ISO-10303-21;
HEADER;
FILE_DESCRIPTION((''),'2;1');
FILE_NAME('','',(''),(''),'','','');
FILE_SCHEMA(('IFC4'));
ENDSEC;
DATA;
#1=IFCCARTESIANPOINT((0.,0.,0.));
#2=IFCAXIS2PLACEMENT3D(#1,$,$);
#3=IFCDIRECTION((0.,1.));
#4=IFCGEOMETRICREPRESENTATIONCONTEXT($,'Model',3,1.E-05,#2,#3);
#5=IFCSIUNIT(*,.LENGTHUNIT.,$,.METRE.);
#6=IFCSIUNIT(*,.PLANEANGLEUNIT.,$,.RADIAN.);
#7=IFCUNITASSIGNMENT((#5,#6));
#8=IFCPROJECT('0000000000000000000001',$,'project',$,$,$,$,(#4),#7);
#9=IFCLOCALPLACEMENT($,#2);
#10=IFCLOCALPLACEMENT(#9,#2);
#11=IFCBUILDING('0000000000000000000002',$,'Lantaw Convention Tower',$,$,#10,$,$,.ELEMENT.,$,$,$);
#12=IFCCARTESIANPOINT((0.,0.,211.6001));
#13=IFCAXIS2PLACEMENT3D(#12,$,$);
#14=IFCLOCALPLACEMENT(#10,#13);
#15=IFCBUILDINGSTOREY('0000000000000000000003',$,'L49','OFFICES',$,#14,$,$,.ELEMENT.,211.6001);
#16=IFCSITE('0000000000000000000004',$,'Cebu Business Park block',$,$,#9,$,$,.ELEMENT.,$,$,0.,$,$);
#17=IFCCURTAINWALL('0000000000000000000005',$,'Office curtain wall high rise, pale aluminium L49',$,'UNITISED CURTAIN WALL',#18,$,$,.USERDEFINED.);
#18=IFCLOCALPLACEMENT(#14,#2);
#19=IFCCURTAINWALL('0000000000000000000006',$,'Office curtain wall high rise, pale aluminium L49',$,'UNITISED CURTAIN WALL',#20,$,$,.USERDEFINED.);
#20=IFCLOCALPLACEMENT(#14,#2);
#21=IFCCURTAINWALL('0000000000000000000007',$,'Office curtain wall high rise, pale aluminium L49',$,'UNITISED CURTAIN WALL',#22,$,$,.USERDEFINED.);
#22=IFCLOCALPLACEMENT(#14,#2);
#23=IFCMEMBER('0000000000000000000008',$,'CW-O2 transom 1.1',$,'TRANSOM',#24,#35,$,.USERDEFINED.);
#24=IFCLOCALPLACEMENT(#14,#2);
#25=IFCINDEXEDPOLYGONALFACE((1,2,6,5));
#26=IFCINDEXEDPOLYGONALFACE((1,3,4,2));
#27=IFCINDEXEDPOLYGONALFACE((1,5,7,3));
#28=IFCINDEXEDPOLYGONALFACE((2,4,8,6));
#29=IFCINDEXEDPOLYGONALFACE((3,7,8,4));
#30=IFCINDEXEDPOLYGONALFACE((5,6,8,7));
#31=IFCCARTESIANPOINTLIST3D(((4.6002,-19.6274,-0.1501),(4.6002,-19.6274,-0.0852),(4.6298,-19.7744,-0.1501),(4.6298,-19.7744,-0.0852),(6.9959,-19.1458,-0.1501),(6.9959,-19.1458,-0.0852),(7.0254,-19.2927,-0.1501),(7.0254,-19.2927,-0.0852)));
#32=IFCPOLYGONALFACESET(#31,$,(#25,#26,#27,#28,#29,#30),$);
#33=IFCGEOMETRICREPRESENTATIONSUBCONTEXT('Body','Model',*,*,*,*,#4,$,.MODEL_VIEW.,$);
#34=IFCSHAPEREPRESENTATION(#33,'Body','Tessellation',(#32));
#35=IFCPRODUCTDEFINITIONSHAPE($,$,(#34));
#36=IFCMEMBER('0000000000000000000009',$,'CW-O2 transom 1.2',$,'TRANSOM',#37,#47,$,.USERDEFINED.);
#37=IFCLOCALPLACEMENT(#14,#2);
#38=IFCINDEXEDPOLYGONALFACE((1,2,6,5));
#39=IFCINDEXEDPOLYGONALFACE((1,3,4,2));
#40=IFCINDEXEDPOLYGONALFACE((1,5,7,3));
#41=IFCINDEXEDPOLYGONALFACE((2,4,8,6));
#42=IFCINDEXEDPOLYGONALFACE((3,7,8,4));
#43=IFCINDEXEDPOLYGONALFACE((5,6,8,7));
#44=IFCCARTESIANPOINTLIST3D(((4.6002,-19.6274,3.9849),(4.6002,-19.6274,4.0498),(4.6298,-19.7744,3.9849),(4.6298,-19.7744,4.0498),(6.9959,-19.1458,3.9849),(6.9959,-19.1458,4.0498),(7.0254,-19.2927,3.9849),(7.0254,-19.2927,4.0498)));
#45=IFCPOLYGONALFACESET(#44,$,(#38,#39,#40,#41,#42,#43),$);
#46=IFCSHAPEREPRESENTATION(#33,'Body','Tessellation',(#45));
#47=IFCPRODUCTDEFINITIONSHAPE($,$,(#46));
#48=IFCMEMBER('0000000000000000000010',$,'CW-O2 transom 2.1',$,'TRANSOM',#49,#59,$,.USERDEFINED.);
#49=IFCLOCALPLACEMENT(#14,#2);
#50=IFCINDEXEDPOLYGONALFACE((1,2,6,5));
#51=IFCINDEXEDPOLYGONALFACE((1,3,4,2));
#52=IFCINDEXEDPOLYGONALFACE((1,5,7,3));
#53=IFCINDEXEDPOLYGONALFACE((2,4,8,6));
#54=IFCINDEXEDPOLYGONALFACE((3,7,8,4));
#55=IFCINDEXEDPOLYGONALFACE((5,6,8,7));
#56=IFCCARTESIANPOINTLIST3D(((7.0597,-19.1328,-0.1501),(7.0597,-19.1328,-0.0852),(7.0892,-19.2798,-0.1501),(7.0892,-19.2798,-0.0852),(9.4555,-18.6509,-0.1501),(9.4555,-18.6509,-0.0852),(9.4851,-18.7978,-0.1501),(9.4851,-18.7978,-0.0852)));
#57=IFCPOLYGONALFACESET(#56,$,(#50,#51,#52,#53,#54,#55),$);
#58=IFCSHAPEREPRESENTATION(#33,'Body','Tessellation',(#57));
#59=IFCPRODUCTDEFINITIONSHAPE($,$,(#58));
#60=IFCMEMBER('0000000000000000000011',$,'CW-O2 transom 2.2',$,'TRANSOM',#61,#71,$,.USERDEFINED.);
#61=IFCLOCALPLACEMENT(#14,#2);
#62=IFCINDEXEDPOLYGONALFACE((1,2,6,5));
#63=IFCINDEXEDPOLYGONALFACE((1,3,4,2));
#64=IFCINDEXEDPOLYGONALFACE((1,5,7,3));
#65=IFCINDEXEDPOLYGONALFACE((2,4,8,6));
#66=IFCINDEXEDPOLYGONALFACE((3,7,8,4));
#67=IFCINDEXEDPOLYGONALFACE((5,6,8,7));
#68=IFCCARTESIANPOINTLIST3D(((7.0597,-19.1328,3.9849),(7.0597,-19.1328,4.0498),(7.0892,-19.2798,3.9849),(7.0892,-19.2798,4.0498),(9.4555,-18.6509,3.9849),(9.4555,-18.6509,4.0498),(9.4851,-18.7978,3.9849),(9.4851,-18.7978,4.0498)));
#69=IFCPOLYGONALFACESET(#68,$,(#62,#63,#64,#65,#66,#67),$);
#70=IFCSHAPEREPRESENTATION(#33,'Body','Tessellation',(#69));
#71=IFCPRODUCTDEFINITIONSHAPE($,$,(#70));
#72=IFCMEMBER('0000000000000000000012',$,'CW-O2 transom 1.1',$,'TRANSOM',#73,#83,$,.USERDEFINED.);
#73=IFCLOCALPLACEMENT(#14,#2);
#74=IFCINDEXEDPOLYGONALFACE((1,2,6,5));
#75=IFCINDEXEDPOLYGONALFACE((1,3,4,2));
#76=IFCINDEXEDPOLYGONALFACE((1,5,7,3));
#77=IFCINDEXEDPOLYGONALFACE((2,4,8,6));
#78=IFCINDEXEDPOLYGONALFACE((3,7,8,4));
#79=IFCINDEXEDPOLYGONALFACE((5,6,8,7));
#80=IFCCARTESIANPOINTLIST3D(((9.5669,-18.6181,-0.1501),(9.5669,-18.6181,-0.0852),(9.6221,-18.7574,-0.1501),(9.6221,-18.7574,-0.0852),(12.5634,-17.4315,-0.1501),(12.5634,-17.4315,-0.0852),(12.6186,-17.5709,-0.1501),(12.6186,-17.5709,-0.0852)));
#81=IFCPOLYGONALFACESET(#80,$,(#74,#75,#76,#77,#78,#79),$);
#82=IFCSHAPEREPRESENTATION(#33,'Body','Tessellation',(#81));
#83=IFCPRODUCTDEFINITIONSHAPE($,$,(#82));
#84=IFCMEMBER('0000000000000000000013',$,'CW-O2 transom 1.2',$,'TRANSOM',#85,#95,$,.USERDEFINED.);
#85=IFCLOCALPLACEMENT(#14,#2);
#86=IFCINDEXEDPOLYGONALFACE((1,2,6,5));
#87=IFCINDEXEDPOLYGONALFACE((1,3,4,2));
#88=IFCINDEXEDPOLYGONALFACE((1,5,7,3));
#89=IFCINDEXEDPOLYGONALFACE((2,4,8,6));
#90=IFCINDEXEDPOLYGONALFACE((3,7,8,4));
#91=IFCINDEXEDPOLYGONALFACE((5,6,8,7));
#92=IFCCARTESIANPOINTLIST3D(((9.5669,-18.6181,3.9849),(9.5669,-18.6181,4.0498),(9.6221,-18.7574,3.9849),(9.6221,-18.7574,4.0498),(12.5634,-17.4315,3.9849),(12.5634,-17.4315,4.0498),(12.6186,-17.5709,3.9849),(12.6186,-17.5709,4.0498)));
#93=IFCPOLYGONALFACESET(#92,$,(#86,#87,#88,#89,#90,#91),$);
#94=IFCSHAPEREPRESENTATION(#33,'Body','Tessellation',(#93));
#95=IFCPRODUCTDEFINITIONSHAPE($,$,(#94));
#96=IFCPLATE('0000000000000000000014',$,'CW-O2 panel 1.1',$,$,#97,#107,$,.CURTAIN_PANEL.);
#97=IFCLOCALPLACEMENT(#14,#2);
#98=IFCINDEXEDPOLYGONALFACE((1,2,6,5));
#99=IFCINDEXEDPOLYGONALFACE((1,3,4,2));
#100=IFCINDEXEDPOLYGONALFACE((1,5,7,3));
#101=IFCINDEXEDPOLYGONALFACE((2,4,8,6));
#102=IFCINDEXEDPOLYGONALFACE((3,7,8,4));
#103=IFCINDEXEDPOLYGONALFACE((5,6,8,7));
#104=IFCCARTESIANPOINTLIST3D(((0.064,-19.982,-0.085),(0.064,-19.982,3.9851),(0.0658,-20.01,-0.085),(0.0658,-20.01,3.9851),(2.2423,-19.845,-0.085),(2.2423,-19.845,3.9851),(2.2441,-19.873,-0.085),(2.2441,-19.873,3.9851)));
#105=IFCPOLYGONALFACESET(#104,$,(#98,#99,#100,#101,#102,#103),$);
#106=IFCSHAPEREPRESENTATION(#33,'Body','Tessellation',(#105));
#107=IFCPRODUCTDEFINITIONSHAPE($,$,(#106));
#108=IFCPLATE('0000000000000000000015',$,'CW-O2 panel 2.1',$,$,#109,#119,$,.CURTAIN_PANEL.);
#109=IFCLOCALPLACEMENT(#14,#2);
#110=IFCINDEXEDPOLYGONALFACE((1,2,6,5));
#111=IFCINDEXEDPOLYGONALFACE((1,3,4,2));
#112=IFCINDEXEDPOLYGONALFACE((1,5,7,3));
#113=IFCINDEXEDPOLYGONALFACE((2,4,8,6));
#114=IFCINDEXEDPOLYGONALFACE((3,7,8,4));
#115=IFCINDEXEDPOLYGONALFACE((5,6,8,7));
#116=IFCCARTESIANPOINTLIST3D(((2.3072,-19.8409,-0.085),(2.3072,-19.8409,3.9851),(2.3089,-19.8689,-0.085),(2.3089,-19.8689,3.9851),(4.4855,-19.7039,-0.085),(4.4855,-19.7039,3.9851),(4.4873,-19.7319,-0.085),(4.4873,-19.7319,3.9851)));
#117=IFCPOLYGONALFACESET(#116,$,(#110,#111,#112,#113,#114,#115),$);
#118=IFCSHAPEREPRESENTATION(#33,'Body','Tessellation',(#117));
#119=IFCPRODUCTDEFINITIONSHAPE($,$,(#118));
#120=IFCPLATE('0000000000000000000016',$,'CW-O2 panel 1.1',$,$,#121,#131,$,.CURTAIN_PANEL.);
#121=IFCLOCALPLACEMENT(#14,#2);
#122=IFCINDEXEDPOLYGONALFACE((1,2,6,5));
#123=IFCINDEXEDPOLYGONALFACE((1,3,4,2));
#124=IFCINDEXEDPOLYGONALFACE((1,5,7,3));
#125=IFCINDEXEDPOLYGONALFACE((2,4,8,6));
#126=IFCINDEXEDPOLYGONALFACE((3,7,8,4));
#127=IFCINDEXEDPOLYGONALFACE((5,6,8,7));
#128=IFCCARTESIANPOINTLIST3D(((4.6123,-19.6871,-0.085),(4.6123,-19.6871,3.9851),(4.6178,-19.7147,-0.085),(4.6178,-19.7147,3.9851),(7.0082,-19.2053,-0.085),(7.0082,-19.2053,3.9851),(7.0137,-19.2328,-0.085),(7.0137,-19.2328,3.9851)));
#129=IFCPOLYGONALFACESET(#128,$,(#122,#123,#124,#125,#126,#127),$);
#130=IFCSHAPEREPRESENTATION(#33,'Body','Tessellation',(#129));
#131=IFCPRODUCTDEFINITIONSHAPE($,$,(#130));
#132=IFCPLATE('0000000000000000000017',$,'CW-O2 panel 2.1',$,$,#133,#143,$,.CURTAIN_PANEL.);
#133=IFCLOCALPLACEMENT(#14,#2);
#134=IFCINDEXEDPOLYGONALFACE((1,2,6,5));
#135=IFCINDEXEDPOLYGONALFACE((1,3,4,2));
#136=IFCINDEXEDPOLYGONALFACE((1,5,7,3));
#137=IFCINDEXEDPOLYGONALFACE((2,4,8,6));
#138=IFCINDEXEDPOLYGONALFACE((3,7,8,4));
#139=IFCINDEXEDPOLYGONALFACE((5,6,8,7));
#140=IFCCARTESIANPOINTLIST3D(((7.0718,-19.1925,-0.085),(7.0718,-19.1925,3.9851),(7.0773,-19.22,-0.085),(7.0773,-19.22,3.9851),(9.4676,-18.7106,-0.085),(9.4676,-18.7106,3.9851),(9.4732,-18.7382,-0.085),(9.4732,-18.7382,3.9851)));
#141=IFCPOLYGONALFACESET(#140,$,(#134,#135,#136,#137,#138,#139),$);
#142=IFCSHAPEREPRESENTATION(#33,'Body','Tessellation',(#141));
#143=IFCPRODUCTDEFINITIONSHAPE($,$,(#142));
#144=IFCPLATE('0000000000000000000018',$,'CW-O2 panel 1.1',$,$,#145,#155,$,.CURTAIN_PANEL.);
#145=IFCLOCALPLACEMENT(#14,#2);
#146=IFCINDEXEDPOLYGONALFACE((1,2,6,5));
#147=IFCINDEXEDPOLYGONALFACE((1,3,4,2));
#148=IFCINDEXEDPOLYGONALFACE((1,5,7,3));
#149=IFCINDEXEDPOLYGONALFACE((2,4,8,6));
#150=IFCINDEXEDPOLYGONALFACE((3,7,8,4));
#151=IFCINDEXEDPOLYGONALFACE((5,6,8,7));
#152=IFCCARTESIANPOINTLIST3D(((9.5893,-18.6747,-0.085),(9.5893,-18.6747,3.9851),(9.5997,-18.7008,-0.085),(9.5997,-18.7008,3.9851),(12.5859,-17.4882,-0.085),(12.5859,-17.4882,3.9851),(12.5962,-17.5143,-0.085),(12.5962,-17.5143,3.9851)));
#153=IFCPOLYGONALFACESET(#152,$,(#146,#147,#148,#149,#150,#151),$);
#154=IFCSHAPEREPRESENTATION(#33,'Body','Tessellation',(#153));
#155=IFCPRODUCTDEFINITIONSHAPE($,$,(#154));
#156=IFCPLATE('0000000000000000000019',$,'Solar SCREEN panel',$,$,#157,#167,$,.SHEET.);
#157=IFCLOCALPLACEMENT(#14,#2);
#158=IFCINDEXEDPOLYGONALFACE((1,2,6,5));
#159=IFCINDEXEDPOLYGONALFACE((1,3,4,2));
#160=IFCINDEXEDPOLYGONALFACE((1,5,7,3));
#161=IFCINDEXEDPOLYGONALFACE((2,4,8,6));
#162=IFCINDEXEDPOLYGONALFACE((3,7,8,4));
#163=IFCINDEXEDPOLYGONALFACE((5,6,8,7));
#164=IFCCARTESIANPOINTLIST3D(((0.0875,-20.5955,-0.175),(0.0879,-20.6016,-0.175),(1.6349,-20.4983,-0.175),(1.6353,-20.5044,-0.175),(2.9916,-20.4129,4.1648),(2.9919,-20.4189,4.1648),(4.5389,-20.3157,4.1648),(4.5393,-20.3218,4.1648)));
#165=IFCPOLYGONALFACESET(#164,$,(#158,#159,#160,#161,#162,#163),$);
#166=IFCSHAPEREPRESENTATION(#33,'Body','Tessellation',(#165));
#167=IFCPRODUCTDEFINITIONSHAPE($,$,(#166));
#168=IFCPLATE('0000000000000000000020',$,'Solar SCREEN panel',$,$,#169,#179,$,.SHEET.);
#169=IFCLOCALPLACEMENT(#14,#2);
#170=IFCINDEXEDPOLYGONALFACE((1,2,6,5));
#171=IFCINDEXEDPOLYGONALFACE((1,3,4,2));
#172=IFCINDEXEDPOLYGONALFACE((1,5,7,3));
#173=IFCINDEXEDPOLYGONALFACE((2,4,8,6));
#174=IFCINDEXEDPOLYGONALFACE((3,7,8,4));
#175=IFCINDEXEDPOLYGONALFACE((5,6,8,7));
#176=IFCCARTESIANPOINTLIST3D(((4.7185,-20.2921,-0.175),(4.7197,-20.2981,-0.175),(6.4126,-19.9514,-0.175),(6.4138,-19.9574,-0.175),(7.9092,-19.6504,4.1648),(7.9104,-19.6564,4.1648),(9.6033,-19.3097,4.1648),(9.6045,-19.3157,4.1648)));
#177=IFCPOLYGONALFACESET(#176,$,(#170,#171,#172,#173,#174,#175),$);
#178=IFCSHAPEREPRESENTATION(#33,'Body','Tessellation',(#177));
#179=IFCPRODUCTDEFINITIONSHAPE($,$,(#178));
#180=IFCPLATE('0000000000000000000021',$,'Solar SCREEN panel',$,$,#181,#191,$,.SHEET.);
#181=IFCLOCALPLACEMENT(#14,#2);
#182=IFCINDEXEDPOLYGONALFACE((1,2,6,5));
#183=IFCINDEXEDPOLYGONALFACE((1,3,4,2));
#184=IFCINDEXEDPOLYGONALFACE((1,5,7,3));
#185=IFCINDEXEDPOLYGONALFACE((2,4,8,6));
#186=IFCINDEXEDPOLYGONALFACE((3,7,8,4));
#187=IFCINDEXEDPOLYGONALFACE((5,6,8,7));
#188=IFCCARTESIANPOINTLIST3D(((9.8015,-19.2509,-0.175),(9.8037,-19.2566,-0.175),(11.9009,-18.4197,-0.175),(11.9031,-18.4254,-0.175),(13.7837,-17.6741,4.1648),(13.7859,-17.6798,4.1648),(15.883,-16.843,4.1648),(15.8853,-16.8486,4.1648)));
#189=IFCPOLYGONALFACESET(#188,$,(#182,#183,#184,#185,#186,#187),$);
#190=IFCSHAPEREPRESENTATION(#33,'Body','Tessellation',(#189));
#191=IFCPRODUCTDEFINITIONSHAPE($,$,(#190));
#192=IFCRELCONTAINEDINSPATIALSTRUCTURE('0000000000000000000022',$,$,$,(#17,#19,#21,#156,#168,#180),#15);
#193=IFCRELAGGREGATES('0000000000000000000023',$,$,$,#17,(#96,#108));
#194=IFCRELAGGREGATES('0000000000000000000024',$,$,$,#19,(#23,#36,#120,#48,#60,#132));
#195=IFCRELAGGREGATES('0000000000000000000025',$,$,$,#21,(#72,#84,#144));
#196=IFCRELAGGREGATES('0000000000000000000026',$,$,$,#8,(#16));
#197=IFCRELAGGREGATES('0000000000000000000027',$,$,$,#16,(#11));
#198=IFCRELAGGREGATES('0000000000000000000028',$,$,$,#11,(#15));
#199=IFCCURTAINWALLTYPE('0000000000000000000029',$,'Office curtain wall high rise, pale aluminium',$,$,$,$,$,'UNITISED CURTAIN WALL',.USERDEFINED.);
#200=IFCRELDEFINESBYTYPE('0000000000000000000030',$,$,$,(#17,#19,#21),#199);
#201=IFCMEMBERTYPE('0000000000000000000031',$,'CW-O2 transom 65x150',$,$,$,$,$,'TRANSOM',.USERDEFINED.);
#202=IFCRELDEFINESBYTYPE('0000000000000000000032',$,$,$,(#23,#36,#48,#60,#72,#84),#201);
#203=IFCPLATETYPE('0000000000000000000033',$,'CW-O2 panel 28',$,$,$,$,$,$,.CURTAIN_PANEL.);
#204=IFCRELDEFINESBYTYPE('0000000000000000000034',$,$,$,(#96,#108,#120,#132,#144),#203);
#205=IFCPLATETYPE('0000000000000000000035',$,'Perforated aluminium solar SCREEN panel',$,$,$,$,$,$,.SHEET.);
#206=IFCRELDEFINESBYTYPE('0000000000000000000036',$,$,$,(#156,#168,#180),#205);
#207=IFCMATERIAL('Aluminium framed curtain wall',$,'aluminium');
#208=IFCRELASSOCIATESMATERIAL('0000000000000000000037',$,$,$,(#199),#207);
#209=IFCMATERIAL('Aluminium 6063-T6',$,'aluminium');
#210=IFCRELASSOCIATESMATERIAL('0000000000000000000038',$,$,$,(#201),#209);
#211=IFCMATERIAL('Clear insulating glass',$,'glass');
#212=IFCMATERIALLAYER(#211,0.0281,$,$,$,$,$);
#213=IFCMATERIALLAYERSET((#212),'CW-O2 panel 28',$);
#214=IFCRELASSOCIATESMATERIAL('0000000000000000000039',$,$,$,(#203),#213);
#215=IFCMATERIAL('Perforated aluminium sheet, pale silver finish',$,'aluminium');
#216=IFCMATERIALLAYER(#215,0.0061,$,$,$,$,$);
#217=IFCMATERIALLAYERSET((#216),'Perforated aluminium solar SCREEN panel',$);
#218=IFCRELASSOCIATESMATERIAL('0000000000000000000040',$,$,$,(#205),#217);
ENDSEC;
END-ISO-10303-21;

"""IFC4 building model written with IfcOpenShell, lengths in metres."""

from ifc_helpers import new_model, si_unit, direction, frame, origin, origin_2d, place, context, subcontext, project, spatial, polyline, rectangle, outline, extrude, material, layer, layer_set, material_profile, profile_set, type_object, element, aggregate, save


model = new_model("IFC4")

# Units and contexts
model_context = context("Model", 3, precision=1e-05, world=origin(), true_north=direction((0.0, 1.0)))
body_context = subcontext(model_context, "Body", "Model", "MODEL_VIEW")
ifc_project = project(units=[si_unit("LENGTHUNIT", "METRE"), si_unit("PLANEANGLEUNIT", "RADIAN")], contexts=[model_context])

# Site, building, storey
site_placement = place(None, origin())
site = spatial("IfcSite", under=ifc_project, at=site_placement, Name="Cebu Business Park block", CompositionType="ELEMENT", RefElevation=0.0)
building_placement = place(site_placement, origin())
building = spatial("IfcBuilding", under=site, at=building_placement, Name="Lantaw Convention Tower", CompositionType="ELEMENT")
storey_placement = place(building_placement, frame((0.0, 0.0, 211.6001)))
storey = spatial("IfcBuildingStorey", under=building, at=storey_placement, Name="L49", Description="OFFICES", CompositionType="ELEMENT", Elevation=211.6001)

# Curtain walls
ifc_material_1 = material(Name="Aluminium framed curtain wall", Category="aluminium")
curtain_wall_type = type_object("IfcCurtainWallType", Name="Office curtain wall high rise, pale aluminium", ElementType="UNITISED CURTAIN WALL", PredefinedType="USERDEFINED", material=ifc_material_1)
curtain_wall_1_placement = place(storey_placement, origin())
curtain_wall_1 = element("IfcCurtainWall", 1, at=curtain_wall_1_placement, inside=storey, type_object=curtain_wall_type, Name="Office curtain wall high rise, pale aluminium L49", ObjectType="UNITISED CURTAIN WALL", PredefinedType="USERDEFINED")
ifc_material_2 = material(Name="Aluminium 6063-T6", Category="aluminium")
curtain_wall_2_placement = place(storey_placement, origin())
curtain_wall_2 = element("IfcCurtainWall", 2, at=curtain_wall_2_placement, inside=storey, type_object=curtain_wall_type, Name="Office curtain wall high rise, pale aluminium L49", ObjectType="UNITISED CURTAIN WALL", PredefinedType="USERDEFINED")

# Curtain wall
curtain_wall_3_placement = place(storey_placement, origin())
curtain_wall_3 = element("IfcCurtainWall", 3, at=curtain_wall_3_placement, inside=storey, type_object=curtain_wall_type, Name="Office curtain wall high rise, pale aluminium L49", ObjectType="UNITISED CURTAIN WALL", PredefinedType="USERDEFINED")

# Members
ifc_material_profile_1 = material_profile(ifc_material_2, rectangle(XDim=0.1499, YDim=0.0649, at=origin_2d()), Name="CW-O2 transom 65x150")
ifc_profile_set_1 = profile_set([ifc_material_profile_1], Name="Aluminium 6063-T6")
member_type_1 = type_object("IfcMemberType", Name="CW-O2 transom 65x150", ElementType="TRANSOM", PredefinedType="USERDEFINED", material=ifc_profile_set_1)
member_1_placement = place(storey_placement, frame((4.615, -19.7009, -0.1177), z_axis=(0.98038, 0.197115, 0.0), x_axis=(-0.197115, 0.98038, 0.0)))
member_1 = element("IfcMember", 4, at=member_1_placement, type_object=member_type_1, Name="CW-O2 transom 1.1", ObjectType="TRANSOM", PredefinedType="USERDEFINED", context=body_context, shape_type="SweptSolid", body=[
    extrude(rectangle(XDim=0.1499, YDim=0.0649, at=origin_2d()), origin(), (0.0, 0.0, 1.0), 2.4436),
])
member_2_placement = place(storey_placement, frame((4.615, -19.7009, 4.0173), z_axis=(0.98038, 0.197115, 0.0), x_axis=(-0.197115, 0.98038, 0.0)))
member_2 = element("IfcMember", 5, at=member_2_placement, type_object=member_type_1, Name="CW-O2 transom 1.2", ObjectType="TRANSOM", PredefinedType="USERDEFINED", context=body_context, shape_type="SweptSolid", body=[
    extrude(rectangle(XDim=0.1499, YDim=0.0649, at=origin_2d()), origin(), (0.0, 0.0, 1.0), 2.4436),
])
member_3_placement = place(storey_placement, frame((7.0745, -19.2063, -0.1177), z_axis=(0.980361, 0.197211, 0.0), x_axis=(-0.197211, 0.980361, 0.0)))
member_3 = element("IfcMember", 6, at=member_3_placement, type_object=member_type_1, Name="CW-O2 transom 2.1", ObjectType="TRANSOM", PredefinedType="USERDEFINED", context=body_context, shape_type="SweptSolid", body=[
    extrude(rectangle(XDim=0.1499, YDim=0.0649, at=origin_2d()), origin(), (0.0, 0.0, 1.0), 2.4438),
])
member_4_placement = place(storey_placement, frame((7.0745, -19.2063, 4.0173), z_axis=(0.980361, 0.197211, 0.0), x_axis=(-0.197211, 0.980361, 0.0)))
member_4 = element("IfcMember", 7, at=member_4_placement, type_object=member_type_1, Name="CW-O2 transom 2.2", ObjectType="TRANSOM", PredefinedType="USERDEFINED", context=body_context, shape_type="SweptSolid", body=[
    extrude(rectangle(XDim=0.1499, YDim=0.0649, at=origin_2d()), origin(), (0.0, 0.0, 1.0), 2.4438),
])
member_5_placement = place(storey_placement, frame((9.5945, -18.6877, -0.1177), z_axis=(0.929767, 0.368149, 0.0), x_axis=(-0.368149, 0.929767, 0.0)))
member_5 = element("IfcMember", 8, at=member_5_placement, type_object=member_type_1, Name="CW-O2 transom 1.1", ObjectType="TRANSOM", PredefinedType="USERDEFINED", context=body_context, shape_type="SweptSolid", body=[
    extrude(rectangle(XDim=0.1499, YDim=0.0649, at=origin_2d()), origin(), (0.0, 0.0, 1.0), 3.2229),
])
member_6_placement = place(storey_placement, frame((9.5945, -18.6877, 4.0173), z_axis=(0.929767, 0.368149, 0.0), x_axis=(-0.368149, 0.929767, 0.0)))
member_6 = element("IfcMember", 9, at=member_6_placement, type_object=member_type_1, Name="CW-O2 transom 1.2", ObjectType="TRANSOM", PredefinedType="USERDEFINED", context=body_context, shape_type="SweptSolid", body=[
    extrude(rectangle(XDim=0.1499, YDim=0.0649, at=origin_2d()), origin(), (0.0, 0.0, 1.0), 3.2229),
])

# Plates
ifc_material_3 = material(Name="Clear insulating glass", Category="glass")
ifc_layer_1 = layer(ifc_material_3, 0.0281)
ifc_layer_set_1 = layer_set([ifc_layer_1], Name="CW-O2 panel 28")
plate_type_1 = type_object("IfcPlateType", Name="CW-O2 panel 28", PredefinedType="CURTAIN_PANEL", material=ifc_layer_set_1)
plate_1_placement = place(storey_placement, frame((1.1541, -19.9275, -0.085), z_axis=(0.0, 0.0, 1.0), x_axis=(0.998029, 0.062758, 0.0)))
plate_1 = element("IfcPlate", 10, at=plate_1_placement, type_object=plate_type_1, Name="CW-O2 panel 1.1", PredefinedType="CURTAIN_PANEL", context=body_context, shape_type="SweptSolid", body=[
    extrude(rectangle(XDim=2.1826, YDim=0.0281, at=origin_2d()), origin(), (0.0, 0.0, 1.0), 4.0701),
])
plate_2_placement = place(storey_placement, frame((3.3972, -19.7864, -0.085), z_axis=(0.0, 0.0, 1.0), x_axis=(0.998029, 0.062758, 0.0)))
plate_2 = element("IfcPlate", 11, at=plate_2_placement, type_object=plate_type_1, Name="CW-O2 panel 2.1", PredefinedType="CURTAIN_PANEL", context=body_context, shape_type="SweptSolid", body=[
    extrude(rectangle(XDim=2.1826, YDim=0.0281, at=origin_2d()), origin(), (0.0, 0.0, 1.0), 4.0701),
])
aggregate(curtain_wall_1, [plate_1, plate_2])
plate_3_placement = place(storey_placement, frame((5.813, -19.46, -0.085), z_axis=(0.0, 0.0, 1.0), x_axis=(0.980367, 0.197183, 0.0)))
plate_3 = element("IfcPlate", 12, at=plate_3_placement, type_object=plate_type_1, Name="CW-O2 panel 1.1", PredefinedType="CURTAIN_PANEL", context=body_context, shape_type="SweptSolid", body=[
    extrude(rectangle(XDim=2.4438, YDim=0.0281, at=origin_2d()), origin(), (0.0, 0.0, 1.0), 4.0701),
])
plate_4_placement = place(storey_placement, frame((8.2725, -18.9653, -0.085), z_axis=(0.0, 0.0, 1.0), x_axis=(0.980367, 0.197183, 0.0)))
plate_4 = element("IfcPlate", 13, at=plate_4_placement, type_object=plate_type_1, Name="CW-O2 panel 2.1", PredefinedType="CURTAIN_PANEL", context=body_context, shape_type="SweptSolid", body=[
    extrude(rectangle(XDim=2.4438, YDim=0.0281, at=origin_2d()), origin(), (0.0, 0.0, 1.0), 4.0701),
])
aggregate(curtain_wall_2, [member_1, member_2, plate_3, member_3, member_4, plate_4])
plate_5_placement = place(storey_placement, frame((11.0928, -18.0945, -0.085), z_axis=(0.0, 0.0, 1.0), x_axis=(0.929762, 0.368162, 0.0)))
plate_5 = element("IfcPlate", 14, at=plate_5_placement, type_object=plate_type_1, Name="CW-O2 panel 1.1", PredefinedType="CURTAIN_PANEL", context=body_context, shape_type="SweptSolid", body=[
    extrude(rectangle(XDim=3.2229, YDim=0.0281, at=origin_2d()), origin(), (0.0, 0.0, 1.0), 4.0701),
])
aggregate(curtain_wall_3, [member_5, member_6, plate_5])

# Plates
ifc_material_4 = material(Name="Perforated aluminium sheet, pale silver finish", Category="aluminium")
ifc_layer_2 = layer(ifc_material_4, 0.0061)
ifc_layer_set_2 = layer_set([ifc_layer_2], Name="Perforated aluminium solar SCREEN panel")
plate_type_2 = type_object("IfcPlateType", Name="Perforated aluminium solar SCREEN panel", PredefinedType="SHEET", material=ifc_layer_set_2)
plate_6_placement = place(storey_placement, frame((0.0879, -20.6016, -0.175), z_axis=(0.062672, -0.998034, 0.000059), x_axis=(0.998034, 0.062672, 0.0)))
element("IfcPlate", 15, at=plate_6_placement, inside=storey, type_object=plate_type_2, Name="Solar SCREEN panel", PredefinedType="SHEET", context=body_context, shape_type="SweptSolid", body=[
    extrude(outline(polyline([(0.0, 0.0), (1.5504, 0.0), (4.4602, 4.3398), (2.9098, 4.3398), (0.0, 0.0)])), origin(), (0.0, 0.0, -1.0), 0.0061),
])
plate_7_placement = place(storey_placement, frame((4.7197, -20.2981, -0.175), z_axis=(0.197162, -0.980371, 0.000011), x_axis=(0.980371, 0.197162, 0.0)))
element("IfcPlate", 16, at=plate_7_placement, inside=storey, type_object=plate_type_2, Name="Solar SCREEN panel", PredefinedType="SHEET", context=body_context, shape_type="SweptSolid", body=[
    extrude(outline(polyline([(0.0, 0.0), (1.728, 0.0), (4.9826, 4.3398), (3.2546, 4.3398), (0.0, 0.0)])), origin(), (0.0, 0.0, -1.0), 0.0061),
])
plate_8_placement = place(storey_placement, frame((9.8037, -19.2566, -0.175), z_axis=(0.368117, -0.92978, 0.000036), x_axis=(0.92978, 0.368117, 0.0)))
element("IfcPlate", 17, at=plate_8_placement, inside=storey, type_object=plate_type_2, Name="Solar SCREEN panel", PredefinedType="SHEET", context=body_context, shape_type="SweptSolid", body=[
    extrude(outline(polyline([(0.0, 0.0), (2.258, 0.0), (6.5409, 4.3398), (4.283, 4.3398), (0.0, 0.0)])), origin(), (0.0, 0.0, -1.0), 0.0061),
])

save(model, "model.ifc")
